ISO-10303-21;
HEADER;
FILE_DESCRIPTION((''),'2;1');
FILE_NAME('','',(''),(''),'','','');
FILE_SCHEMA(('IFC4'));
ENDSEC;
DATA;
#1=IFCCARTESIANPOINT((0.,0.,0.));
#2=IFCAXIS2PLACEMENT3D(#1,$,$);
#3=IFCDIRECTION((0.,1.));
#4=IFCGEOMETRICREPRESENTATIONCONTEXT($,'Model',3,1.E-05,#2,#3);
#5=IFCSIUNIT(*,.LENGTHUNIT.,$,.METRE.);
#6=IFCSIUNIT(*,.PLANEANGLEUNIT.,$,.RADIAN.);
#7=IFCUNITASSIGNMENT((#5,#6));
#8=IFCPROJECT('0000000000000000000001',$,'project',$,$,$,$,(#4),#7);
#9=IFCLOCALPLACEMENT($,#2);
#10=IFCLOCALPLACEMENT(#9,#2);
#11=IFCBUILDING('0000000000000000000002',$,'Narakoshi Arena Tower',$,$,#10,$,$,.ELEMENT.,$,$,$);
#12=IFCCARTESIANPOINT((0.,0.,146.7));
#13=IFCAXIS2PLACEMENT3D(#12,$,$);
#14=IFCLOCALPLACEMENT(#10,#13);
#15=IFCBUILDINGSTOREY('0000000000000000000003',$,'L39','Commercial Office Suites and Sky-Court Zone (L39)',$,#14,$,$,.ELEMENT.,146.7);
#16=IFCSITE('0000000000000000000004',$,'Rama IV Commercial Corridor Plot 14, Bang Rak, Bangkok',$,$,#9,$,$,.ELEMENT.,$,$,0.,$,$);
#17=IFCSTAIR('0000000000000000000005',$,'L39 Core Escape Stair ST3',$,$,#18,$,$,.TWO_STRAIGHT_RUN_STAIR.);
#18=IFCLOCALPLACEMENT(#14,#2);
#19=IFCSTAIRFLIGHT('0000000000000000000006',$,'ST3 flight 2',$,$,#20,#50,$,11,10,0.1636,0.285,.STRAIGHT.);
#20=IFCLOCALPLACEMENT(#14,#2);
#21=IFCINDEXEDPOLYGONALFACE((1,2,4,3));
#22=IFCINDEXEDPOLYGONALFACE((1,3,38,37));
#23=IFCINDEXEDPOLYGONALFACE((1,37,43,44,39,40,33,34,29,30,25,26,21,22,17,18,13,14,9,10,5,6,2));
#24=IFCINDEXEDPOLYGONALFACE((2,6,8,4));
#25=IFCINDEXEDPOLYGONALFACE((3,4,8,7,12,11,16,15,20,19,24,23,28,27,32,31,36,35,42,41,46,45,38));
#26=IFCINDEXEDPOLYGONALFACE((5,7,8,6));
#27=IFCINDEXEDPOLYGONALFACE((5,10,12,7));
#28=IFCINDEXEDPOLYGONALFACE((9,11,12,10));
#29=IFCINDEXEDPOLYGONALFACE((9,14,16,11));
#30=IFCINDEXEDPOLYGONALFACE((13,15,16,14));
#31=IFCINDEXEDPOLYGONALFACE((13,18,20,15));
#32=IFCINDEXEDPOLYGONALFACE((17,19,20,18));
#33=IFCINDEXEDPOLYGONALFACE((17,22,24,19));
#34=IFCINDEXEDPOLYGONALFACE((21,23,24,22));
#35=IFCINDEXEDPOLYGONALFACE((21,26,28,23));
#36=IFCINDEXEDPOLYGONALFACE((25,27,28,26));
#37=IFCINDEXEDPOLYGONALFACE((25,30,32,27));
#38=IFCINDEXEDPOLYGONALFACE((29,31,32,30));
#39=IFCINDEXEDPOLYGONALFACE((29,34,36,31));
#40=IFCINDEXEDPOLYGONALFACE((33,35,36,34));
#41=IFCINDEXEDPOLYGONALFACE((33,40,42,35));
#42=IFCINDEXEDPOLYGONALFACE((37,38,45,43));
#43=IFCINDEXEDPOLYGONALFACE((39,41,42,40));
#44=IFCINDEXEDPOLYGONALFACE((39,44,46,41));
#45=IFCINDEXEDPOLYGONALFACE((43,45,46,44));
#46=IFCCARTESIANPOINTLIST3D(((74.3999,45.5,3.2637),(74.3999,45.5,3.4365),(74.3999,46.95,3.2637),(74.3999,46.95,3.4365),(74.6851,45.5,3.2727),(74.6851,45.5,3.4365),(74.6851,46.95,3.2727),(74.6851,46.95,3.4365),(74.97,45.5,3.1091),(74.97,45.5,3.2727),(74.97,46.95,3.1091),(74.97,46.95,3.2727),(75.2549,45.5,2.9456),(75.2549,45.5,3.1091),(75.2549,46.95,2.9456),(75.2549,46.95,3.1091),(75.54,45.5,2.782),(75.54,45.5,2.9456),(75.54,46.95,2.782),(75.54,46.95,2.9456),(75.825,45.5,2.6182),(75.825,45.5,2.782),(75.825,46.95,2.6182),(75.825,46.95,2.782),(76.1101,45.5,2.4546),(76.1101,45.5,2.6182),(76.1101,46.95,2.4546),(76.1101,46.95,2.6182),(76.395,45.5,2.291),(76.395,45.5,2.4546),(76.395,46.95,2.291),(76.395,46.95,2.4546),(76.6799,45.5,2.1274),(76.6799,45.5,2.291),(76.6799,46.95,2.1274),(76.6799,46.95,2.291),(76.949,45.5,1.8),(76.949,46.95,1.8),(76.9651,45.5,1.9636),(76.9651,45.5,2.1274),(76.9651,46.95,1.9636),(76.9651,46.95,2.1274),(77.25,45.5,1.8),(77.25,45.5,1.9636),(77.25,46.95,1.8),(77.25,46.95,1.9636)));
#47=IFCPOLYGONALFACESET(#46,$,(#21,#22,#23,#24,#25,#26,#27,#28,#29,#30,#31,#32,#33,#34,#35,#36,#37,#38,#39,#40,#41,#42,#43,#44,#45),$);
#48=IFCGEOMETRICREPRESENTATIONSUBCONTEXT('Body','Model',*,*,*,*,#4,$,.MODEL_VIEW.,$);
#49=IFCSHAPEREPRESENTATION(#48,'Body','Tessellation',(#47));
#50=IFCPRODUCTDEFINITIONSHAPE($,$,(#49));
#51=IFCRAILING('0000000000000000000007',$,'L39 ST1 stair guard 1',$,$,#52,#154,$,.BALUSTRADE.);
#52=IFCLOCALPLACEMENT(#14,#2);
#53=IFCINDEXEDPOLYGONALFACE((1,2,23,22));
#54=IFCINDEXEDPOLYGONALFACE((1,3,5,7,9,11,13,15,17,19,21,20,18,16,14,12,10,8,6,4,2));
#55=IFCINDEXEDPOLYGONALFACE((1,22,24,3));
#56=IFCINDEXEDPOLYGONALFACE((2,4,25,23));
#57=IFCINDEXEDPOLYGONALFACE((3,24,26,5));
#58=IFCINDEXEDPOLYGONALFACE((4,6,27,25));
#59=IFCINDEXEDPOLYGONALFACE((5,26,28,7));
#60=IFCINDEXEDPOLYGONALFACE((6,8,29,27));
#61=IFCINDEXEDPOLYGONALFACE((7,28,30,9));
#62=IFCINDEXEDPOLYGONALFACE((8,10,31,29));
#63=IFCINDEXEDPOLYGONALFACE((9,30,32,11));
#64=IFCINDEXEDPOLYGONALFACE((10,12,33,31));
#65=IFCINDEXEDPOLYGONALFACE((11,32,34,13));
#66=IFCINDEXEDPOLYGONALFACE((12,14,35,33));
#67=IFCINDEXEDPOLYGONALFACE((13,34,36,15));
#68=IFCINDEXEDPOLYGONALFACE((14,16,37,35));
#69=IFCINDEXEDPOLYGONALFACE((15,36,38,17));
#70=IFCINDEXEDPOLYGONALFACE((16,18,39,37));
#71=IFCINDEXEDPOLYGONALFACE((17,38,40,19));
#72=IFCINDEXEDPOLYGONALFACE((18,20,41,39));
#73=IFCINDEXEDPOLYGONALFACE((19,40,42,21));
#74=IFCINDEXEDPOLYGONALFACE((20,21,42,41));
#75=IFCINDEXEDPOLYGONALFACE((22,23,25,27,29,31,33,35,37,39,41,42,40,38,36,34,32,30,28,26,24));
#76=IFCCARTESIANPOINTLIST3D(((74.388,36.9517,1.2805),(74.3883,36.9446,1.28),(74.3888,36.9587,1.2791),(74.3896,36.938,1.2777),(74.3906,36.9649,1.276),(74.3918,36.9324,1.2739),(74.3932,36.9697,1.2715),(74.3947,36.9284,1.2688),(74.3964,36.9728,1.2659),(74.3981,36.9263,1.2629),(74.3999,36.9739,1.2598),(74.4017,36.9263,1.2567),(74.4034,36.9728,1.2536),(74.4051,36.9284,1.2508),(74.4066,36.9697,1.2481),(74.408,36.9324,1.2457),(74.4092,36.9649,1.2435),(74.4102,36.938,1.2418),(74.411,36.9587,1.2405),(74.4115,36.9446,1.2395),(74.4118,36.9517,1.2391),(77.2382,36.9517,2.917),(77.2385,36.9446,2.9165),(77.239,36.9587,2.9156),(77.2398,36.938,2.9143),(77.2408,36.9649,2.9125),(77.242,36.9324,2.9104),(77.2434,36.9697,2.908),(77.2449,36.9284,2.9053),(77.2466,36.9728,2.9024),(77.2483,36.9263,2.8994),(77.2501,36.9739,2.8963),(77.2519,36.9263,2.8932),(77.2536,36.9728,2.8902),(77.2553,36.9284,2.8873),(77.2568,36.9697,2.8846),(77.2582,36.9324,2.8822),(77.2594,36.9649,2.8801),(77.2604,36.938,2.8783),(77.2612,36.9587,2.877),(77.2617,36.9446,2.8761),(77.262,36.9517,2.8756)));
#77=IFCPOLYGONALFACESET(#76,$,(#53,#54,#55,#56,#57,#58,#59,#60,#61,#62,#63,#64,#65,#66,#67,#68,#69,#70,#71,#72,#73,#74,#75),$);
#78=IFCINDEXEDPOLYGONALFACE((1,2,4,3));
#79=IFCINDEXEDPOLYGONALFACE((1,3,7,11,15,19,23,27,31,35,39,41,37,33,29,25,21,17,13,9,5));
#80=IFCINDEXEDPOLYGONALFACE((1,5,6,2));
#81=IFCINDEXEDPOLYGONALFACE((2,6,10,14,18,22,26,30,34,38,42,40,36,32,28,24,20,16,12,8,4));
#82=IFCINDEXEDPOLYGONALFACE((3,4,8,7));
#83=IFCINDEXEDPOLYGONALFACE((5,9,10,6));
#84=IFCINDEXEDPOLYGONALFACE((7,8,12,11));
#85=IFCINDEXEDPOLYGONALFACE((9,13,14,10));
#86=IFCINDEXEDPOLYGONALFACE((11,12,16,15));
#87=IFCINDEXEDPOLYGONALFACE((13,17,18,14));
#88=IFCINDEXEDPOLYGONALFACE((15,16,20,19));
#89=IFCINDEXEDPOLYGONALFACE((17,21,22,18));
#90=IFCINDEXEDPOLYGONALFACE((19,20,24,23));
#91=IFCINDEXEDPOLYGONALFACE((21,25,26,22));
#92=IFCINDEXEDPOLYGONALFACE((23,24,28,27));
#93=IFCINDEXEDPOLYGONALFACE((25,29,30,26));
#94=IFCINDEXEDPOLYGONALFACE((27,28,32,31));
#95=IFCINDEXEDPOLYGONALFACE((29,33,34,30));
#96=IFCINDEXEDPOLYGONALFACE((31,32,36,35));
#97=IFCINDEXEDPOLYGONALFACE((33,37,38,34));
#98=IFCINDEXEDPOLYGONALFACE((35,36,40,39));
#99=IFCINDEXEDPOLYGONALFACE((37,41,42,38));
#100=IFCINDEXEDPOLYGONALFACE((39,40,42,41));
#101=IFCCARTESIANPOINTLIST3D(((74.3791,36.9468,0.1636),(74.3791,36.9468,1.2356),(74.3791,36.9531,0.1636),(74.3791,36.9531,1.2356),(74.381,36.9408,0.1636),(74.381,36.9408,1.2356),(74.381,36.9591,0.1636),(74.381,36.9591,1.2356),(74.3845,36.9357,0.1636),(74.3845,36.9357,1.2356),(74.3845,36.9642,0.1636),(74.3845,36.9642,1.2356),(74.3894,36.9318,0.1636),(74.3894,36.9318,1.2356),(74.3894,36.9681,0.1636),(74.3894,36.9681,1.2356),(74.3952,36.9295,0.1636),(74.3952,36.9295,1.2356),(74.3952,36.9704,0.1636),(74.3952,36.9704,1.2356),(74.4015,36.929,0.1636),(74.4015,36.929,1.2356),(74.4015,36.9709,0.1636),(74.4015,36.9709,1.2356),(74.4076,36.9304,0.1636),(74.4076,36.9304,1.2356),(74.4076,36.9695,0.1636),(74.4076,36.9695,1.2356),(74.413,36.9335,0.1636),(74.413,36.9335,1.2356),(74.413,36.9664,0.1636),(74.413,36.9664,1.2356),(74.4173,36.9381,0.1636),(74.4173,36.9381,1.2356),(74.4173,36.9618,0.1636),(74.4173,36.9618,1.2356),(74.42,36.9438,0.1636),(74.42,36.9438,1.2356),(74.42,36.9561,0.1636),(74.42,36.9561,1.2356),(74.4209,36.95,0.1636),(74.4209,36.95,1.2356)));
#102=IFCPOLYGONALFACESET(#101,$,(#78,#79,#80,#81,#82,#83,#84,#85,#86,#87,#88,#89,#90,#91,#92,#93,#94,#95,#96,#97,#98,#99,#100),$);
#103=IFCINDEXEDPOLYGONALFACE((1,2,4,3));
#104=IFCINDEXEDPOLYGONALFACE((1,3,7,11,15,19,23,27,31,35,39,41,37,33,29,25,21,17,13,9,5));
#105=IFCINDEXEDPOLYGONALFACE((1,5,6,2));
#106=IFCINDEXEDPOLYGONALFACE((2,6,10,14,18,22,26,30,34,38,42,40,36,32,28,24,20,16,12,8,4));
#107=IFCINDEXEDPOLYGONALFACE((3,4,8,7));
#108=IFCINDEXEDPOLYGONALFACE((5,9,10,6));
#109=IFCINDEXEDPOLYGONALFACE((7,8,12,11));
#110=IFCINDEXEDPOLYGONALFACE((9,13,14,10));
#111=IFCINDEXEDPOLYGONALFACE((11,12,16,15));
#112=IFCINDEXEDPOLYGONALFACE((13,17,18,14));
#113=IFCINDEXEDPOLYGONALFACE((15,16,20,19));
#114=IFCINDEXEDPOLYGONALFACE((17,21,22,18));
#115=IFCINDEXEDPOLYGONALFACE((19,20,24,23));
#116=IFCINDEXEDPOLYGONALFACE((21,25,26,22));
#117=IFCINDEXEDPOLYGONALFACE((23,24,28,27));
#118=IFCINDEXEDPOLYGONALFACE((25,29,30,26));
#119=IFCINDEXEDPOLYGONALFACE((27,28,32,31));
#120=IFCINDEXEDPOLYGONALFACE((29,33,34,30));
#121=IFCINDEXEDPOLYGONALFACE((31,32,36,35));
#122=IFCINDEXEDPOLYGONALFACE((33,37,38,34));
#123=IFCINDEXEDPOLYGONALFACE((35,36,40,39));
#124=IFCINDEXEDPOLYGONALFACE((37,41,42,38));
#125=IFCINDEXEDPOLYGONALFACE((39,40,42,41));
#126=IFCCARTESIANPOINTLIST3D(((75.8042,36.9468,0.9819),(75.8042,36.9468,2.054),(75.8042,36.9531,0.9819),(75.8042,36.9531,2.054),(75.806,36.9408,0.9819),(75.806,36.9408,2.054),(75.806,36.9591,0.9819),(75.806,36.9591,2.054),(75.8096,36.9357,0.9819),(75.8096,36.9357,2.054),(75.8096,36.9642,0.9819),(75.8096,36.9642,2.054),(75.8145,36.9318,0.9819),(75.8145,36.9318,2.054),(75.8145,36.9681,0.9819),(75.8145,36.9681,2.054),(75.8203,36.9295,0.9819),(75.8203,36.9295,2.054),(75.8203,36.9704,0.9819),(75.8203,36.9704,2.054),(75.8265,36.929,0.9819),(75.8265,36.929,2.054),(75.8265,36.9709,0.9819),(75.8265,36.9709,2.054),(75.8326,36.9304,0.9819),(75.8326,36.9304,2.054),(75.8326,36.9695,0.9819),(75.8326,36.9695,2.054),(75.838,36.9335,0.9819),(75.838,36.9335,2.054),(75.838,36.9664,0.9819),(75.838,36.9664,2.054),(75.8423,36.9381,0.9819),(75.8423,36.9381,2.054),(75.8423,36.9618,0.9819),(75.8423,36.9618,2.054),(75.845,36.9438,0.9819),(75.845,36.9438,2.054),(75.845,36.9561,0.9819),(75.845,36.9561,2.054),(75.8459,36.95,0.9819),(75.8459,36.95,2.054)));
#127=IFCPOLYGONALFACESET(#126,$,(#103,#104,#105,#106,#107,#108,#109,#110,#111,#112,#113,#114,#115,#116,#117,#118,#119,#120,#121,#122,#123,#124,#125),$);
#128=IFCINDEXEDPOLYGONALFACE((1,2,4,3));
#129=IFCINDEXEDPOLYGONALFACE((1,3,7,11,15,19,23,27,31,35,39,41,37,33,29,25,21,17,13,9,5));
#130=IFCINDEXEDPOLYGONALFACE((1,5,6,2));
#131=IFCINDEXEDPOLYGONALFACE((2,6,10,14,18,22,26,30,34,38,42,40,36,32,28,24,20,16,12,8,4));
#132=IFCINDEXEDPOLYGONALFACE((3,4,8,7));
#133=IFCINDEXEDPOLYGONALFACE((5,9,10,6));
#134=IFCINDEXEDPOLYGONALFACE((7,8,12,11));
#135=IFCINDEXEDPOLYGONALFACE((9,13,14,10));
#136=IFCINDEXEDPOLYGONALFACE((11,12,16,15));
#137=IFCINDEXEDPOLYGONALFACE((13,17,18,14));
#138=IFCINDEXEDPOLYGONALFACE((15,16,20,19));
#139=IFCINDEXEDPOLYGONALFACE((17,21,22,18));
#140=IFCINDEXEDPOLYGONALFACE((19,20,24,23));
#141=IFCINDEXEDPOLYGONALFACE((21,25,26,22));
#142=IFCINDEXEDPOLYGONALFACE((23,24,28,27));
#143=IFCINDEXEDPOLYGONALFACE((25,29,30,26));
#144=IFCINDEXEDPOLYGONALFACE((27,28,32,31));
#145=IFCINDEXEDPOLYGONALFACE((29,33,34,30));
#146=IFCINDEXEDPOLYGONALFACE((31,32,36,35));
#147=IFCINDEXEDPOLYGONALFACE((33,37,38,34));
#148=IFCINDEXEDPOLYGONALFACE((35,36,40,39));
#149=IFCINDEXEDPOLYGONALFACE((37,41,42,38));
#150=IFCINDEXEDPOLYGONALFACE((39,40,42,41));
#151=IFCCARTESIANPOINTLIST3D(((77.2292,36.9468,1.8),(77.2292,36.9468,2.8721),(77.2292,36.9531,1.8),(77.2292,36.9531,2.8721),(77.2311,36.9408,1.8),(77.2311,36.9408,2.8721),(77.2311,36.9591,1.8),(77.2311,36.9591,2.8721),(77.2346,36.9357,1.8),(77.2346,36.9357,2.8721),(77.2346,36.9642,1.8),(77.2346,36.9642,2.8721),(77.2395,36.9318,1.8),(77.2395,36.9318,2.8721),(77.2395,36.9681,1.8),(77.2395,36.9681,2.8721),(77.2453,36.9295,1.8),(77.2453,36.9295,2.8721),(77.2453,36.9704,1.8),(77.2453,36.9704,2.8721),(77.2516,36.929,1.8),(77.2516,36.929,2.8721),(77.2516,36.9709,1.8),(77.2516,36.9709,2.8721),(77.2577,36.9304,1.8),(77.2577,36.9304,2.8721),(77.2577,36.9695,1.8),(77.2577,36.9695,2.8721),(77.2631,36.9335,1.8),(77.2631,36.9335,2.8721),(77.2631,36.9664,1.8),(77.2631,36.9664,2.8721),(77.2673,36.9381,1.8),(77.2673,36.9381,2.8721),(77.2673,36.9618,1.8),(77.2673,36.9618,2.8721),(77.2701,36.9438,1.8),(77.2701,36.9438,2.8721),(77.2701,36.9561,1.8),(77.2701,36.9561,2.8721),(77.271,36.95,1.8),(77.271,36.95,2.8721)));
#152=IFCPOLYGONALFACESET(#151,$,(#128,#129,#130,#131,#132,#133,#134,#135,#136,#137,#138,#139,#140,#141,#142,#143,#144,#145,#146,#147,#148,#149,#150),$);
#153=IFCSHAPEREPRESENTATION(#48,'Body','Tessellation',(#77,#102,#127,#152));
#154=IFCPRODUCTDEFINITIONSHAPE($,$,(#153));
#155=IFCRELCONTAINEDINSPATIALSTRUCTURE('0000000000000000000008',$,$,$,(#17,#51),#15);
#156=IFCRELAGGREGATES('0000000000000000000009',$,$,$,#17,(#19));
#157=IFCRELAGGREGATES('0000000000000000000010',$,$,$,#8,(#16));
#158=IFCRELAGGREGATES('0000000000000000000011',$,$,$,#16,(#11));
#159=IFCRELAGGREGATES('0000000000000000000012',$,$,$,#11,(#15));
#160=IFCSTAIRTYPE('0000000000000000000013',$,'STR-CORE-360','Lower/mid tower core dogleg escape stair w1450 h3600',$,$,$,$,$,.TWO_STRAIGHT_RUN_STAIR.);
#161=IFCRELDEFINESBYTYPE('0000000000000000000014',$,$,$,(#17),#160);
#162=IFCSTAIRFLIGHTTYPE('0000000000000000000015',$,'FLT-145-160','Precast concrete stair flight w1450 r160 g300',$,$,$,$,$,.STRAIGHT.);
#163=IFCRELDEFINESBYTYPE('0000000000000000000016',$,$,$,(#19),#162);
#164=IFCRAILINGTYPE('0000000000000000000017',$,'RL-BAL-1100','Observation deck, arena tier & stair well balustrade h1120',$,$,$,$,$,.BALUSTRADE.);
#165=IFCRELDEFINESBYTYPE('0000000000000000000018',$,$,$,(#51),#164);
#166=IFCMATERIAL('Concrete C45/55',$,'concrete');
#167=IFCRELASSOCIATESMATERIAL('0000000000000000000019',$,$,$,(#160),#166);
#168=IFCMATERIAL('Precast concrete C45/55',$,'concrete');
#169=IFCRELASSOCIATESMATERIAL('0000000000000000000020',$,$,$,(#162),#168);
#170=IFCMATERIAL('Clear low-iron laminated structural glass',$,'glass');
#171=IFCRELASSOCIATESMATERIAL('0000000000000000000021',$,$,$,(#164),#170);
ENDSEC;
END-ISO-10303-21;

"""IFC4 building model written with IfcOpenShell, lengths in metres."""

from ifc_helpers import new_model, si_unit, direction, frame, origin, origin_2d, place, context, subcontext, project, spatial, polyline, circle, outline, extrude, material, type_object, element, aggregate, save


model = new_model("IFC4")

# Units and contexts
model_context = context("Model", 3, precision=1e-05, world=origin(), true_north=direction((0.0, 1.0)))
body_context = subcontext(model_context, "Body", "Model", "MODEL_VIEW")
ifc_project = project(units=[si_unit("LENGTHUNIT", "METRE"), si_unit("PLANEANGLEUNIT", "RADIAN")], contexts=[model_context])

# Site, building, storey
site_placement = place(None, origin())
site = spatial("IfcSite", under=ifc_project, at=site_placement, Name="Rama IV Commercial Corridor Plot 14, Bang Rak, Bangkok", CompositionType="ELEMENT", RefElevation=0.0)
building_placement = place(site_placement, origin())
building = spatial("IfcBuilding", under=site, at=building_placement, Name="Narakoshi Arena Tower", CompositionType="ELEMENT")
storey_placement = place(building_placement, frame((0.0, 0.0, 146.7)))
storey = spatial("IfcBuildingStorey", under=building, at=storey_placement, Name="L39", Description="Commercial Office Suites and Sky-Court Zone (L39)", CompositionType="ELEMENT", Elevation=146.7)

# Stair, stair flight
ifc_material_1 = material(Name="Concrete C45/55", Category="concrete")
stair_type = type_object("IfcStairType", Name="STR-CORE-360", Description="Lower/mid tower core dogleg escape stair w1450 h3600", PredefinedType="TWO_STRAIGHT_RUN_STAIR", material=ifc_material_1)
ifc_material_2 = material(Name="Precast concrete C45/55", Category="concrete")
stair_flight_type = type_object("IfcStairFlightType", Name="FLT-145-160", Description="Precast concrete stair flight w1450 r160 g300", PredefinedType="STRAIGHT", material=ifc_material_2)
stair_1_placement = place(storey_placement, origin())
stair_1 = element("IfcStair", 1, at=stair_1_placement, inside=storey, type_object=stair_type, Name="L39 Core Escape Stair ST3", PredefinedType="TWO_STRAIGHT_RUN_STAIR")
stair_flight_1_placement = place(storey_placement, frame((77.25, 46.2251, 1.8), z_axis=(0.0, 0.0, 1.0), x_axis=(-1.0, 0.0, 0.0)))
stair_flight_1 = element("IfcStairFlight", 2, at=stair_flight_1_placement, type_object=stair_flight_type, Name="ST3 flight 2", NumberOfRisers=11, NumberOfTreads=10, PredefinedType="STRAIGHT", RiserHeight=0.1636, TreadLength=0.285, context=body_context, shape_type="SweptSolid", body=[
    extrude(outline(polyline([(0.0, 0.0), (0.0, 0.1636), (0.2849, 0.1636), (0.2849, 0.3274), (0.5701, 0.3274), (0.5701, 0.491), (0.855, 0.491), (0.855, 0.6545), (1.1399, 0.6545), (1.1399, 0.8181), (1.425, 0.8181), (1.425, 0.9819), (1.71, 0.9819), (1.71, 1.1455), (1.9951, 1.1455), (1.9951, 1.3091), (2.28, 1.3091), (2.28, 1.4727), (2.5649, 1.4727), (2.5649, 1.6365), (2.8501, 1.6365), (2.8501, 1.8), (2.8501, 1.4636), (0.301, 0.0), (0.0, 0.0)])), frame((0.0, 0.7251, 0.0), z_axis=(0.0, -1.0, 0.0), x_axis=(1.0, 0.0, 0.0)), (0.0, 0.0, 1.0), 1.45),
])
aggregate(stair_1, [stair_flight_1])

# Railing
ifc_material_3 = material(Name="Clear low-iron laminated structural glass", Category="glass")
railing_type_1 = type_object("IfcRailingType", Name="RL-BAL-1100", Description="Observation deck, arena tier & stair well balustrade h1120", PredefinedType="BALUSTRADE", material=ifc_material_3)
railing_1_placement = place(storey_placement, frame((74.3999, 36.95, 0.1636)))
element("IfcRailing", 3, at=railing_1_placement, inside=storey, type_object=railing_type_1, Name="L39 ST1 stair guard 1", PredefinedType="BALUSTRADE", context=body_context, shape_type="SweptSolid", body=[
    extrude(circle(Radius=0.0239, at=origin_2d()), frame((0.0, 0.0, 1.0962), z_axis=(0.867213, 0.0, 0.497938), x_axis=(0.0, 1.0, 0.0)), (0.0, 0.0, 1.0), 3.2866),
    extrude(circle(Radius=0.021, at=origin_2d()), origin(), (0.0, 0.0, 1.0), 1.072),
    extrude(circle(Radius=0.021, at=origin_2d()), frame((1.425, 0.0, 0.8184)), (0.0, 0.0, 1.0), 1.072),
    extrude(circle(Radius=0.021, at=origin_2d()), frame((2.8501, 0.0, 1.6365)), (0.0, 0.0, 1.0), 1.072),
])

save(model, "model.ifc")
